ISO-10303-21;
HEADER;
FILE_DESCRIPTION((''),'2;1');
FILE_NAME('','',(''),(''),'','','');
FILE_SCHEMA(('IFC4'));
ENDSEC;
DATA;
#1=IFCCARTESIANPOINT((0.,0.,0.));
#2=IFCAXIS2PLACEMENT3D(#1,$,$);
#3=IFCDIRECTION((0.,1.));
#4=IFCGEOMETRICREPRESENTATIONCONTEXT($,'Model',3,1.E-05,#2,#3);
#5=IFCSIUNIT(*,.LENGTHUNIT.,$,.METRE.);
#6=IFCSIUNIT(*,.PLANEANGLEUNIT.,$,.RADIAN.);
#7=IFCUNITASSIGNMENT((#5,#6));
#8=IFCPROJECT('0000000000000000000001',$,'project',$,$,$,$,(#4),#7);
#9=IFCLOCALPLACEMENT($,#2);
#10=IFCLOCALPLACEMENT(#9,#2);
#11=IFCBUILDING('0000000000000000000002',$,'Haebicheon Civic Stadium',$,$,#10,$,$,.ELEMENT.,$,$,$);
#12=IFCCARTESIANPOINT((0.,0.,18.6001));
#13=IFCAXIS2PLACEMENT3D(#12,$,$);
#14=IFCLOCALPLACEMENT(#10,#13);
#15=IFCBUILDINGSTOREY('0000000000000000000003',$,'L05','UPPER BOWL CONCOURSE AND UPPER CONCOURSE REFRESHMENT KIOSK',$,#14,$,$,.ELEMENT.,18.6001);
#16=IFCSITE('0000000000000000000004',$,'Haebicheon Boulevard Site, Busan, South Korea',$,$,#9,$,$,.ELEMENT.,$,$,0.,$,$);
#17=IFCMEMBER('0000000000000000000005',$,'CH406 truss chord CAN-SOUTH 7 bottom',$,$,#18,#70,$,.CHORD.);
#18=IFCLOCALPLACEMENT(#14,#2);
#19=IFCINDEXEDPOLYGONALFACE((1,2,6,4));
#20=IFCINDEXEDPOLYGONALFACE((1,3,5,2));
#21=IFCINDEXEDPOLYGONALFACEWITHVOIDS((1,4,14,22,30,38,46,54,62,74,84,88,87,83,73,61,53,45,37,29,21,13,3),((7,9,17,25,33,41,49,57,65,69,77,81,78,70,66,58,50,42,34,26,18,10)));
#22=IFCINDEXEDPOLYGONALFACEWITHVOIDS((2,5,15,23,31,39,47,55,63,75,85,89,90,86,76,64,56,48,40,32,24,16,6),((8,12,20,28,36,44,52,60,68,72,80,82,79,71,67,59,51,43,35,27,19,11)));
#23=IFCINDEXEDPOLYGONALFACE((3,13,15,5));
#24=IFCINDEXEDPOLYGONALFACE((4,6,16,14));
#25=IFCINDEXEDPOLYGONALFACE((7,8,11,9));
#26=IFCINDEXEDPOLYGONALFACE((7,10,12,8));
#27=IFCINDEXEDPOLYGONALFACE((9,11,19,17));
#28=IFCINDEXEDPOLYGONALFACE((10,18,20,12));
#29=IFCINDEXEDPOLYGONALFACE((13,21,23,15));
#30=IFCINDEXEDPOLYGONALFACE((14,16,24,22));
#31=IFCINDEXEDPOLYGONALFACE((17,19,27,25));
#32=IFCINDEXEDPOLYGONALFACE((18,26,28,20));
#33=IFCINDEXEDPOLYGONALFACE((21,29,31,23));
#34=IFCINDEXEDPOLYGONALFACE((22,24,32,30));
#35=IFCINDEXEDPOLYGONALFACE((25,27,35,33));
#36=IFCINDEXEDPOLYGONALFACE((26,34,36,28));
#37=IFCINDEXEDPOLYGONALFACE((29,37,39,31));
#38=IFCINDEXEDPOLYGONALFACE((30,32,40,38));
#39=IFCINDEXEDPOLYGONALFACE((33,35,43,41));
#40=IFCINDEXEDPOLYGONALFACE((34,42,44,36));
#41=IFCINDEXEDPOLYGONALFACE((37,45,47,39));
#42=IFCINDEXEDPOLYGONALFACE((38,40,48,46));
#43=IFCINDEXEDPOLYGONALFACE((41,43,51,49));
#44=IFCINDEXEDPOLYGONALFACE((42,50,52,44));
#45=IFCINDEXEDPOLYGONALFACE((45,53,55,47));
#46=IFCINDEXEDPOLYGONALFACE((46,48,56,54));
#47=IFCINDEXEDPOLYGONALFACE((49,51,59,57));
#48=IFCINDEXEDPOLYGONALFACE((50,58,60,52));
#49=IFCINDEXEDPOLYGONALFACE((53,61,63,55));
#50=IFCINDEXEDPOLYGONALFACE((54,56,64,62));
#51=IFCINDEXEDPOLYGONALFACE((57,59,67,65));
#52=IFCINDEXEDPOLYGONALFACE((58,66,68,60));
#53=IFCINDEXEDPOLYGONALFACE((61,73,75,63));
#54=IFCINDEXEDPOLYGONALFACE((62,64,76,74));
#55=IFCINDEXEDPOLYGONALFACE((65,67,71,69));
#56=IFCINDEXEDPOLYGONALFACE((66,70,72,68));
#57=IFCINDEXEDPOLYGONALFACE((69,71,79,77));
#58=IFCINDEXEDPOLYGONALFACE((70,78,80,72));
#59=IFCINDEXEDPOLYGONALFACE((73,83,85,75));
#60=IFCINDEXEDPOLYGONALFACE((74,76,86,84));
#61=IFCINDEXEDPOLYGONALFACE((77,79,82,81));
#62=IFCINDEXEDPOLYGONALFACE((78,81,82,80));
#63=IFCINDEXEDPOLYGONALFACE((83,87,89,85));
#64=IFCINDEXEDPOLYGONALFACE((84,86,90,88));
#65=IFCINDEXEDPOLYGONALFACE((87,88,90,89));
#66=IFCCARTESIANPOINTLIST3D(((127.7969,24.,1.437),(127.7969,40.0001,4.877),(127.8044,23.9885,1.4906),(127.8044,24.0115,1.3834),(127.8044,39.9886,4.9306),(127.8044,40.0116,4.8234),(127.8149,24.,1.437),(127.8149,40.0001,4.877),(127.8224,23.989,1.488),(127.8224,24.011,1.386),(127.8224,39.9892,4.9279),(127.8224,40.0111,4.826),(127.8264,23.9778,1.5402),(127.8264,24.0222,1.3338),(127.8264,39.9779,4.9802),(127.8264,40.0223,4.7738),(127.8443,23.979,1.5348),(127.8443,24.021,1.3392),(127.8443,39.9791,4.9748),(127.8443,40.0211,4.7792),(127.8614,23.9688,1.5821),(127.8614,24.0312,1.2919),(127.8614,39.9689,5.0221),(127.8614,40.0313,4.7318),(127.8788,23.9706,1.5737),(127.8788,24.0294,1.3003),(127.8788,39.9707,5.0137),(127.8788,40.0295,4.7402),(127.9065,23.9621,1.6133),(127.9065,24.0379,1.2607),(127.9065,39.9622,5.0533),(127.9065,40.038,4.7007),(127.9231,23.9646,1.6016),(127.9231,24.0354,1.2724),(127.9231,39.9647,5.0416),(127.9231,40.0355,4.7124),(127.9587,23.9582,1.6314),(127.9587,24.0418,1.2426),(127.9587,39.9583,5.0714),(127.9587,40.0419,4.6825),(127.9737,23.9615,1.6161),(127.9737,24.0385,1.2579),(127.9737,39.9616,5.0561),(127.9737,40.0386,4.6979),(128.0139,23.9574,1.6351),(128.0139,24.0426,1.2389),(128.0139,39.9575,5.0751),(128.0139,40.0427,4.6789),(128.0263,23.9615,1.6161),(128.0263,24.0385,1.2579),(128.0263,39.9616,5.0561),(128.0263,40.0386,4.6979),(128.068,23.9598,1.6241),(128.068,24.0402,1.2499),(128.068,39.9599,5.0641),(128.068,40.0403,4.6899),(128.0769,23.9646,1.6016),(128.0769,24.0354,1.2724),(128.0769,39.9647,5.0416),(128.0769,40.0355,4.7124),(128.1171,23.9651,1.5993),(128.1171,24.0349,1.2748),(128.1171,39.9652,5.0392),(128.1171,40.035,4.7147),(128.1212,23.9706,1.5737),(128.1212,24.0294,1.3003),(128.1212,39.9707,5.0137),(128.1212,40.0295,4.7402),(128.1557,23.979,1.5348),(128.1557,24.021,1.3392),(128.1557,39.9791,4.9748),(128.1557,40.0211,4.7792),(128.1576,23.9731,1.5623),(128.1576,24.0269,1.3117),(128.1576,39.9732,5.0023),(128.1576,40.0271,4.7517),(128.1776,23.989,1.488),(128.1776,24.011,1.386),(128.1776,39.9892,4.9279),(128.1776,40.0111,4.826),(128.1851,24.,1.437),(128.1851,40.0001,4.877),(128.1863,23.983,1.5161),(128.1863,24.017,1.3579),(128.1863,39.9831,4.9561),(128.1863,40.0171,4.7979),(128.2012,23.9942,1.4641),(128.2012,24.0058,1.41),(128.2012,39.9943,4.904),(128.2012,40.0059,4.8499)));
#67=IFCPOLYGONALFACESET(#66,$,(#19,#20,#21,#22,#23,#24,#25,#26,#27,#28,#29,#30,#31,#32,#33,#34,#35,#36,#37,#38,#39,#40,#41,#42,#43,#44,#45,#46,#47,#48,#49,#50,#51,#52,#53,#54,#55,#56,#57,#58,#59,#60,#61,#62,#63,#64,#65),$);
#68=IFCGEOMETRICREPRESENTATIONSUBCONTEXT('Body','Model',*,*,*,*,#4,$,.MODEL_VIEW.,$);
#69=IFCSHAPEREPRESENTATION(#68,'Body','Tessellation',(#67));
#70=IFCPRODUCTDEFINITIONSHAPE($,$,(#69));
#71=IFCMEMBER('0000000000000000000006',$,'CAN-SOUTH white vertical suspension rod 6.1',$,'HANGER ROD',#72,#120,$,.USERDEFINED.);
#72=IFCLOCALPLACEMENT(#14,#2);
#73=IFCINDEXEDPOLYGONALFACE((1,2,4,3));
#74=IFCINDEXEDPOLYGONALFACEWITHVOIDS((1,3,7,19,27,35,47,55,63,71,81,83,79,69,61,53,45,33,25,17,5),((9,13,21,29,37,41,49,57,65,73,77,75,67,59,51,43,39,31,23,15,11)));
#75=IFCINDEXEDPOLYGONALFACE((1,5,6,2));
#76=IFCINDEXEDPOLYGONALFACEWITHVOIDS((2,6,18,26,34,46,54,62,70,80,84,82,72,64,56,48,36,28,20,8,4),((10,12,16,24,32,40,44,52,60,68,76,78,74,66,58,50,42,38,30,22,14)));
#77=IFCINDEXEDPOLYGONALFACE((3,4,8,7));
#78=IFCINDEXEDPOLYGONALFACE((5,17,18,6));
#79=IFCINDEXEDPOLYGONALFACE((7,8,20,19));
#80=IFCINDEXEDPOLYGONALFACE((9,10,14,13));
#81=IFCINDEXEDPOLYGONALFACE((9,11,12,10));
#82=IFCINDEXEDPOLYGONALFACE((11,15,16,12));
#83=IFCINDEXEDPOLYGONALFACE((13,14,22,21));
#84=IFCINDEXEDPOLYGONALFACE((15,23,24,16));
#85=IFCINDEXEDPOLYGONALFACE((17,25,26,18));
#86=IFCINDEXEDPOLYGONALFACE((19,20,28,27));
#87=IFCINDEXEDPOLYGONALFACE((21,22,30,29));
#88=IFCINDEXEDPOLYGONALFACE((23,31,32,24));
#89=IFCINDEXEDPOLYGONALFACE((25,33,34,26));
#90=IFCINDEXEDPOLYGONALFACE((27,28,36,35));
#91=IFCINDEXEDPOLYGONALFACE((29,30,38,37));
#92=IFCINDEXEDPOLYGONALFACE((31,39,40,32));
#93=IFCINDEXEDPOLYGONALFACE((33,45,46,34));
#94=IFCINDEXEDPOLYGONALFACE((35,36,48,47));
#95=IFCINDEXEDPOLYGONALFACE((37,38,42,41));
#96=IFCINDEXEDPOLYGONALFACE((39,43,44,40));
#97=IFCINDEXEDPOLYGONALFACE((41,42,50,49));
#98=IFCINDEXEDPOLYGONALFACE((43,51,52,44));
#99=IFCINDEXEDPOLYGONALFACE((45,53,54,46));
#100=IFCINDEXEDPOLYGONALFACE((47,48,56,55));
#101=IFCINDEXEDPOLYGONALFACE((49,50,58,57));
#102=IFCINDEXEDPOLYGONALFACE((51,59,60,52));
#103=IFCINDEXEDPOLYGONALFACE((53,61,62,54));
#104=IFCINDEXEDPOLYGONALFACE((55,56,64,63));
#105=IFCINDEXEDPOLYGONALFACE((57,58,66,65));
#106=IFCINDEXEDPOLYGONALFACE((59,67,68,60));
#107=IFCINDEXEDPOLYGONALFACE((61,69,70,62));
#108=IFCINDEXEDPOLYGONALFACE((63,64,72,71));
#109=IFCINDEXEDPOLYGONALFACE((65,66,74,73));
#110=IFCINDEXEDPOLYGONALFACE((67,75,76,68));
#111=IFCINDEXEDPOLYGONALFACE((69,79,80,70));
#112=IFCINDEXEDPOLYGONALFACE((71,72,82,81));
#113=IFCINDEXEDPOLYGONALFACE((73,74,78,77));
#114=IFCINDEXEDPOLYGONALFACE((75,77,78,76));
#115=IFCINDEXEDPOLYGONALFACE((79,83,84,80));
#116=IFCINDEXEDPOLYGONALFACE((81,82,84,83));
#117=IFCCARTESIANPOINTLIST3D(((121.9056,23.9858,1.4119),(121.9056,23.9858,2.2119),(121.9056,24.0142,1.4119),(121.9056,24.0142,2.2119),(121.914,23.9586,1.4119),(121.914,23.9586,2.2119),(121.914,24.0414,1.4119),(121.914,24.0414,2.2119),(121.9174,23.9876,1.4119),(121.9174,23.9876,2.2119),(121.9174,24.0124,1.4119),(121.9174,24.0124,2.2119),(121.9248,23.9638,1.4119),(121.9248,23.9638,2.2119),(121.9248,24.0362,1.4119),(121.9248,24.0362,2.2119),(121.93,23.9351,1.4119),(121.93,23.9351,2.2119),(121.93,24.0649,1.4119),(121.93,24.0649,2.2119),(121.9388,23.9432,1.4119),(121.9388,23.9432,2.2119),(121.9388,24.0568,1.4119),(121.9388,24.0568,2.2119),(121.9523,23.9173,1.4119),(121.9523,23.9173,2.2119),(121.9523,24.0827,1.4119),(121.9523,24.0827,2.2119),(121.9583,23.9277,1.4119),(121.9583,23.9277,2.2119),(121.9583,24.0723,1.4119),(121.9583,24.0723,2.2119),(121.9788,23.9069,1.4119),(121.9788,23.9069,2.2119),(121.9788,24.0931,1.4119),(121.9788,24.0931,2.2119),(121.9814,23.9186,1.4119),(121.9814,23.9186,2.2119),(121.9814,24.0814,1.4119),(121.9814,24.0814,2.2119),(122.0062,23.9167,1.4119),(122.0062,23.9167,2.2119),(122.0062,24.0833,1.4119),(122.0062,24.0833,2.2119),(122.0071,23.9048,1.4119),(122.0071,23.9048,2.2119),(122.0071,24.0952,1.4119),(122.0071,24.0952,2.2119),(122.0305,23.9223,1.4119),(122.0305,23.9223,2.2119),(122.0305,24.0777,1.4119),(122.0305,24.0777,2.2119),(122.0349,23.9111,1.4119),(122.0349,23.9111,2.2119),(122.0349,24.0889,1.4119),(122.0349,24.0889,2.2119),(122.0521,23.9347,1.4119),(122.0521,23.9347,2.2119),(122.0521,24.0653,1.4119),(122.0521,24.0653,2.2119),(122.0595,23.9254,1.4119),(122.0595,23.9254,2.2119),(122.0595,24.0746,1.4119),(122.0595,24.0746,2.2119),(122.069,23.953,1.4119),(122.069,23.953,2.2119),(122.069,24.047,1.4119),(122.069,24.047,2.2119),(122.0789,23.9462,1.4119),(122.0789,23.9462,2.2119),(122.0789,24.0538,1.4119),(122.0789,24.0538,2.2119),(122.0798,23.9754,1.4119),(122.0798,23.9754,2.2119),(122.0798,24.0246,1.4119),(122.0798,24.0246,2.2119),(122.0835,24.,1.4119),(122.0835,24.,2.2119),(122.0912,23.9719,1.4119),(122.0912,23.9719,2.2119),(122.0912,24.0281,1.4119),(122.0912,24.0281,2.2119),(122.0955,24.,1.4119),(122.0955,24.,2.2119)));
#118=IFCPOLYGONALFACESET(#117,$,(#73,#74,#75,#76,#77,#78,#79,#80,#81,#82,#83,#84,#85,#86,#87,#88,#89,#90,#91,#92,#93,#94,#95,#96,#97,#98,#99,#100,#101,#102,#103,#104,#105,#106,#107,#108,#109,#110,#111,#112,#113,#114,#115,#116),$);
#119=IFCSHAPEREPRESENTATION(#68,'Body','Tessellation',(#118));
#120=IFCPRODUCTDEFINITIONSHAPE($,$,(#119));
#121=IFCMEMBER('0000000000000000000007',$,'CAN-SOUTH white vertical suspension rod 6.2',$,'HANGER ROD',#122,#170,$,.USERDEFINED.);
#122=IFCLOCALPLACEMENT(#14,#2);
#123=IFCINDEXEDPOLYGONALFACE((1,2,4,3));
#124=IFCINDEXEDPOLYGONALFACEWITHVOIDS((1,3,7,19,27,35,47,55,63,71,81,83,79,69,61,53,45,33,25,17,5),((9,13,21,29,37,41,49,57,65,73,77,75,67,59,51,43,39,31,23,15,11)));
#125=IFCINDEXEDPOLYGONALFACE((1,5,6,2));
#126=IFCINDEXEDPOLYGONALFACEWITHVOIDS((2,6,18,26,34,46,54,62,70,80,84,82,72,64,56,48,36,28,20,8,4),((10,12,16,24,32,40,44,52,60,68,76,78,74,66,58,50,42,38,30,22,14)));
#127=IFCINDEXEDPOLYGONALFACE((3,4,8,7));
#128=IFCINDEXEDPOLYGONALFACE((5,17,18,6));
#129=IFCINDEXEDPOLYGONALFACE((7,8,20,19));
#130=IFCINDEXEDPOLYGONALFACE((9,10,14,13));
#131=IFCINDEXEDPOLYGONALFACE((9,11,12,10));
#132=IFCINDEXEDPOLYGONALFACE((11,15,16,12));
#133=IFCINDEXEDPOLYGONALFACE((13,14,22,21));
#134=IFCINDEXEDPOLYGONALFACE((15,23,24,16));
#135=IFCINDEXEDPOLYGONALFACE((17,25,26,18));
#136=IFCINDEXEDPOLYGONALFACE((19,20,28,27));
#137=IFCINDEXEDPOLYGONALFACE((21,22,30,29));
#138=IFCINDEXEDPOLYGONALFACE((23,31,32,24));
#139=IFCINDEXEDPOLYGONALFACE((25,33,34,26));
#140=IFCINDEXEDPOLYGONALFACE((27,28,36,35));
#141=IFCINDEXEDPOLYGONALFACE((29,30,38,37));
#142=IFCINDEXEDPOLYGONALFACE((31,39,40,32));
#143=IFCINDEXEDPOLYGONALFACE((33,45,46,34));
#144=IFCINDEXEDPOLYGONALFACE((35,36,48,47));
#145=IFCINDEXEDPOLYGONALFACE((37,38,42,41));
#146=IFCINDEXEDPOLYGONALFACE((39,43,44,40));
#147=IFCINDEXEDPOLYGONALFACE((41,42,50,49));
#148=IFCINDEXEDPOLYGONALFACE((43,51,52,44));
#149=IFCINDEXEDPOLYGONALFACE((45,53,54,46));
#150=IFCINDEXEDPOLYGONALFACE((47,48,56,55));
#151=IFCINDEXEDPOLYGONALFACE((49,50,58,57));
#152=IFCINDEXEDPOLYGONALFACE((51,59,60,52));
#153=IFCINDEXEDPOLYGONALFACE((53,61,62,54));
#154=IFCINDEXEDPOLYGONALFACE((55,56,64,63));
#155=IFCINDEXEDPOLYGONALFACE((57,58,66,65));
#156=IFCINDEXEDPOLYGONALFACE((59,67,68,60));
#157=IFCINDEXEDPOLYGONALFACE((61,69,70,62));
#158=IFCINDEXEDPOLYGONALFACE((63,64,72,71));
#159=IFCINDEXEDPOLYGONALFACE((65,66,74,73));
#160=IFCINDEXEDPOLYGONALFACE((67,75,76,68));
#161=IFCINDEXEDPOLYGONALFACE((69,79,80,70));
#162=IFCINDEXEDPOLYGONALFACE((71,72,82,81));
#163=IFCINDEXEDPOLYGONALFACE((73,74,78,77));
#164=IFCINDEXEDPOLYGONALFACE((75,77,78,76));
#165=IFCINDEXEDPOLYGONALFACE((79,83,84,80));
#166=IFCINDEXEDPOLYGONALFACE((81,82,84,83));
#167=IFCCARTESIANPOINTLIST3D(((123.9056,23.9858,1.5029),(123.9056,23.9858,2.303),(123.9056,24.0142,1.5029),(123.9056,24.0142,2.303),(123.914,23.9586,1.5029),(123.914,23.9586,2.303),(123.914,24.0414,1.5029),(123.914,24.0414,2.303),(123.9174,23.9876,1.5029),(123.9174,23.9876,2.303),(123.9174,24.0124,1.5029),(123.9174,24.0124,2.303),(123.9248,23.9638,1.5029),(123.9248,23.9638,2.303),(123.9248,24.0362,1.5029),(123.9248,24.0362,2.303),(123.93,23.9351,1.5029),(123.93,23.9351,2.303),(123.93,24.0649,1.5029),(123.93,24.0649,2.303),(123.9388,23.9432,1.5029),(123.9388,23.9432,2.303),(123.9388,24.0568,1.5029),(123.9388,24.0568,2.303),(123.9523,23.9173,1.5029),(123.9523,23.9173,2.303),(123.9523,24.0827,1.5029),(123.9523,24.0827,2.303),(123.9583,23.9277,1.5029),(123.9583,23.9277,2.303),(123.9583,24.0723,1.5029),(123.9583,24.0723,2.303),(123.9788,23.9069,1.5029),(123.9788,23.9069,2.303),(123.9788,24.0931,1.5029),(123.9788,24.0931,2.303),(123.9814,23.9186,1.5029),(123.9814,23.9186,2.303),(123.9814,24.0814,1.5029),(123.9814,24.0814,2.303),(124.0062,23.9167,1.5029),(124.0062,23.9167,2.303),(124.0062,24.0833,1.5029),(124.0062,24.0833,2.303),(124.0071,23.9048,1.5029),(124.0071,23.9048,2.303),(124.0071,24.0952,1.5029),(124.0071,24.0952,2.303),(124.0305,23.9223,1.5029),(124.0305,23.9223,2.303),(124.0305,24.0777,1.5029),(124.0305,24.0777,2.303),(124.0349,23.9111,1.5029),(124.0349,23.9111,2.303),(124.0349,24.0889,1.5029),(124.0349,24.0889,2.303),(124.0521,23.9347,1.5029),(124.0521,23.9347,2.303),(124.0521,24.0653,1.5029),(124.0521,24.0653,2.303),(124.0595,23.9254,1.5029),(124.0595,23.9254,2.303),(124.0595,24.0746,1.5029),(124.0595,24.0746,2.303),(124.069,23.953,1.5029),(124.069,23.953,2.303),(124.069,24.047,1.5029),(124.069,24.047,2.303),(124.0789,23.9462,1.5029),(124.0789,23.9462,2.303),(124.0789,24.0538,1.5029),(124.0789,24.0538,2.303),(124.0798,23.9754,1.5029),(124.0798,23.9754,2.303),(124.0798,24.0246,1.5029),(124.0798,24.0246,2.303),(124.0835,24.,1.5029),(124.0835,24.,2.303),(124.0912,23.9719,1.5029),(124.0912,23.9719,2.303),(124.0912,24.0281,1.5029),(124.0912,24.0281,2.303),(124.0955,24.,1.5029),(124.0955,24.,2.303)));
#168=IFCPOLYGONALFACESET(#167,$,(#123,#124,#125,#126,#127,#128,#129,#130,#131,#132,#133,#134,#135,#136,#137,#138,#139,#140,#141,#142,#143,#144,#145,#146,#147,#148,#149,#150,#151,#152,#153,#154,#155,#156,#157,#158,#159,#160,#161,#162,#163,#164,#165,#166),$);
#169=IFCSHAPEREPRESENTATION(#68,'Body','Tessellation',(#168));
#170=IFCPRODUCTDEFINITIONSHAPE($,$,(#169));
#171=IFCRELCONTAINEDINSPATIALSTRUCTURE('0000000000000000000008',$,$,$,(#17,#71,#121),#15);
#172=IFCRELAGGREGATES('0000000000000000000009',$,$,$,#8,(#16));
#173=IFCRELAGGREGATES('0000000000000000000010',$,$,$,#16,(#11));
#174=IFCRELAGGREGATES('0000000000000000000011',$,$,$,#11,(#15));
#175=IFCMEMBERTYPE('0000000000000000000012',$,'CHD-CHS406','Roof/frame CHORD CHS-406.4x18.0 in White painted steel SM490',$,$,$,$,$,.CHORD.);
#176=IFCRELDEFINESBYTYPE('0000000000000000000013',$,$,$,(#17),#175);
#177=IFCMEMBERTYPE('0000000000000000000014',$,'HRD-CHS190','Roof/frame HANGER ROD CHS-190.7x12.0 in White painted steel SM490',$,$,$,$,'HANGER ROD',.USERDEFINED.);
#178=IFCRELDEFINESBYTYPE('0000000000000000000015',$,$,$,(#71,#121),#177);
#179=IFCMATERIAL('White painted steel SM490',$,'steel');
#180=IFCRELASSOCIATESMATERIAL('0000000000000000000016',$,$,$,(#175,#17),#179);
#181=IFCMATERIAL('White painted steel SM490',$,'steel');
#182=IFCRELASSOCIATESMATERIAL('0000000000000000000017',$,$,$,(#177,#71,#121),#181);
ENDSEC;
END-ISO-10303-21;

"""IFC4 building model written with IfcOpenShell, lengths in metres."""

from ifc_helpers import new_model, si_unit, direction, frame, origin, origin_2d, place, context, subcontext, project, spatial, hollow_circle, extrude, material, material_profile, profile_set, type_object, element, save


model = new_model("IFC4")

# Units and contexts
model_context = context("Model", 3, precision=1e-05, world=origin(), true_north=direction((0.0, 1.0)))
body_context = subcontext(model_context, "Body", "Model", "MODEL_VIEW")
ifc_project = project(units=[si_unit("LENGTHUNIT", "METRE"), si_unit("PLANEANGLEUNIT", "RADIAN")], contexts=[model_context])

# Site, building, storey
site_placement = place(None, origin())
site = spatial("IfcSite", under=ifc_project, at=site_placement, Name="Haebicheon Boulevard Site, Busan, South Korea", CompositionType="ELEMENT", RefElevation=0.0)
building_placement = place(site_placement, origin())
building = spatial("IfcBuilding", under=site, at=building_placement, Name="Haebicheon Civic Stadium", CompositionType="ELEMENT")
storey_placement = place(building_placement, frame((0.0, 0.0, 18.6001)))
storey = spatial("IfcBuildingStorey", under=building, at=storey_placement, Name="L05", Description="UPPER BOWL CONCOURSE AND UPPER CONCOURSE REFRESHMENT KIOSK", CompositionType="ELEMENT", Elevation=18.6001)

# Members
ifc_material_1 = material(Name="White painted steel SM490", Category="steel")
ifc_material_profile_1 = material_profile(ifc_material_1, hollow_circle(Radius=0.2031, WallThickness=0.0181, at=origin_2d()), Name="CHS-406.4x18.0")
ifc_profile_set_1 = profile_set([ifc_material_profile_1], Name="White painted steel SM490")
member_type_1 = type_object("IfcMemberType", Name="CHD-CHS406", Description="Roof/frame CHORD CHS-406.4x18.0 in White painted steel SM490", PredefinedType="CHORD", material=ifc_profile_set_1)
member_1_placement = place(storey_placement, frame((128.0, 24.0, 1.437), z_axis=(0.0, 0.97766, 0.210193), x_axis=(-1.0, 0.0, 0.0)))
element("IfcMember", 1, at=member_1_placement, inside=storey, type_object=member_type_1, material=ifc_profile_set_1, Name="CH406 truss chord CAN-SOUTH 7 bottom", PredefinedType="CHORD", context=body_context, shape_type="SweptSolid", body=[
    extrude(hollow_circle(Radius=0.2031, WallThickness=0.0181, at=origin_2d()), origin(), (0.0, 0.0, 1.0), 16.3657),
])
ifc_material_2 = material(Name="White painted steel SM490", Category="steel")
ifc_material_profile_2 = material_profile(ifc_material_2, hollow_circle(Radius=0.0955, WallThickness=0.012, at=origin_2d()), Name="CHS-190.7x12.0")
ifc_profile_set_2 = profile_set([ifc_material_profile_2], Name="White painted steel SM490")
member_type_2 = type_object("IfcMemberType", Name="HRD-CHS190", Description="Roof/frame HANGER ROD CHS-190.7x12.0 in White painted steel SM490", ElementType="HANGER ROD", PredefinedType="USERDEFINED", material=ifc_profile_set_2)
for number, where, z_axis, x_axis, name in (
    (2, (122.0, 24.0, 1.4119), (0.0, 0.0, 1.0), (1.0, 0.0, 0.0), "CAN-SOUTH white vertical suspension rod 6.1"),
    (3, (124.0, 24.0, 1.5029), (0.0, 0.0, 1.0), (1.0, 0.0, 0.0), "CAN-SOUTH white vertical suspension rod 6.2"),
):
    element("IfcMember", number, at=place(storey_placement, frame(where, z_axis=z_axis, x_axis=x_axis)), inside=storey, type_object=member_type_2, material=ifc_profile_set_2, Name=name, ObjectType="HANGER ROD", PredefinedType="USERDEFINED", context=body_context, shape_type="SweptSolid", body=[
        extrude(hollow_circle(Radius=0.0955, WallThickness=0.012, at=origin_2d()), origin(), (0.0, 0.0, 1.0), 0.8),
    ])

save(model, "model.ifc")
